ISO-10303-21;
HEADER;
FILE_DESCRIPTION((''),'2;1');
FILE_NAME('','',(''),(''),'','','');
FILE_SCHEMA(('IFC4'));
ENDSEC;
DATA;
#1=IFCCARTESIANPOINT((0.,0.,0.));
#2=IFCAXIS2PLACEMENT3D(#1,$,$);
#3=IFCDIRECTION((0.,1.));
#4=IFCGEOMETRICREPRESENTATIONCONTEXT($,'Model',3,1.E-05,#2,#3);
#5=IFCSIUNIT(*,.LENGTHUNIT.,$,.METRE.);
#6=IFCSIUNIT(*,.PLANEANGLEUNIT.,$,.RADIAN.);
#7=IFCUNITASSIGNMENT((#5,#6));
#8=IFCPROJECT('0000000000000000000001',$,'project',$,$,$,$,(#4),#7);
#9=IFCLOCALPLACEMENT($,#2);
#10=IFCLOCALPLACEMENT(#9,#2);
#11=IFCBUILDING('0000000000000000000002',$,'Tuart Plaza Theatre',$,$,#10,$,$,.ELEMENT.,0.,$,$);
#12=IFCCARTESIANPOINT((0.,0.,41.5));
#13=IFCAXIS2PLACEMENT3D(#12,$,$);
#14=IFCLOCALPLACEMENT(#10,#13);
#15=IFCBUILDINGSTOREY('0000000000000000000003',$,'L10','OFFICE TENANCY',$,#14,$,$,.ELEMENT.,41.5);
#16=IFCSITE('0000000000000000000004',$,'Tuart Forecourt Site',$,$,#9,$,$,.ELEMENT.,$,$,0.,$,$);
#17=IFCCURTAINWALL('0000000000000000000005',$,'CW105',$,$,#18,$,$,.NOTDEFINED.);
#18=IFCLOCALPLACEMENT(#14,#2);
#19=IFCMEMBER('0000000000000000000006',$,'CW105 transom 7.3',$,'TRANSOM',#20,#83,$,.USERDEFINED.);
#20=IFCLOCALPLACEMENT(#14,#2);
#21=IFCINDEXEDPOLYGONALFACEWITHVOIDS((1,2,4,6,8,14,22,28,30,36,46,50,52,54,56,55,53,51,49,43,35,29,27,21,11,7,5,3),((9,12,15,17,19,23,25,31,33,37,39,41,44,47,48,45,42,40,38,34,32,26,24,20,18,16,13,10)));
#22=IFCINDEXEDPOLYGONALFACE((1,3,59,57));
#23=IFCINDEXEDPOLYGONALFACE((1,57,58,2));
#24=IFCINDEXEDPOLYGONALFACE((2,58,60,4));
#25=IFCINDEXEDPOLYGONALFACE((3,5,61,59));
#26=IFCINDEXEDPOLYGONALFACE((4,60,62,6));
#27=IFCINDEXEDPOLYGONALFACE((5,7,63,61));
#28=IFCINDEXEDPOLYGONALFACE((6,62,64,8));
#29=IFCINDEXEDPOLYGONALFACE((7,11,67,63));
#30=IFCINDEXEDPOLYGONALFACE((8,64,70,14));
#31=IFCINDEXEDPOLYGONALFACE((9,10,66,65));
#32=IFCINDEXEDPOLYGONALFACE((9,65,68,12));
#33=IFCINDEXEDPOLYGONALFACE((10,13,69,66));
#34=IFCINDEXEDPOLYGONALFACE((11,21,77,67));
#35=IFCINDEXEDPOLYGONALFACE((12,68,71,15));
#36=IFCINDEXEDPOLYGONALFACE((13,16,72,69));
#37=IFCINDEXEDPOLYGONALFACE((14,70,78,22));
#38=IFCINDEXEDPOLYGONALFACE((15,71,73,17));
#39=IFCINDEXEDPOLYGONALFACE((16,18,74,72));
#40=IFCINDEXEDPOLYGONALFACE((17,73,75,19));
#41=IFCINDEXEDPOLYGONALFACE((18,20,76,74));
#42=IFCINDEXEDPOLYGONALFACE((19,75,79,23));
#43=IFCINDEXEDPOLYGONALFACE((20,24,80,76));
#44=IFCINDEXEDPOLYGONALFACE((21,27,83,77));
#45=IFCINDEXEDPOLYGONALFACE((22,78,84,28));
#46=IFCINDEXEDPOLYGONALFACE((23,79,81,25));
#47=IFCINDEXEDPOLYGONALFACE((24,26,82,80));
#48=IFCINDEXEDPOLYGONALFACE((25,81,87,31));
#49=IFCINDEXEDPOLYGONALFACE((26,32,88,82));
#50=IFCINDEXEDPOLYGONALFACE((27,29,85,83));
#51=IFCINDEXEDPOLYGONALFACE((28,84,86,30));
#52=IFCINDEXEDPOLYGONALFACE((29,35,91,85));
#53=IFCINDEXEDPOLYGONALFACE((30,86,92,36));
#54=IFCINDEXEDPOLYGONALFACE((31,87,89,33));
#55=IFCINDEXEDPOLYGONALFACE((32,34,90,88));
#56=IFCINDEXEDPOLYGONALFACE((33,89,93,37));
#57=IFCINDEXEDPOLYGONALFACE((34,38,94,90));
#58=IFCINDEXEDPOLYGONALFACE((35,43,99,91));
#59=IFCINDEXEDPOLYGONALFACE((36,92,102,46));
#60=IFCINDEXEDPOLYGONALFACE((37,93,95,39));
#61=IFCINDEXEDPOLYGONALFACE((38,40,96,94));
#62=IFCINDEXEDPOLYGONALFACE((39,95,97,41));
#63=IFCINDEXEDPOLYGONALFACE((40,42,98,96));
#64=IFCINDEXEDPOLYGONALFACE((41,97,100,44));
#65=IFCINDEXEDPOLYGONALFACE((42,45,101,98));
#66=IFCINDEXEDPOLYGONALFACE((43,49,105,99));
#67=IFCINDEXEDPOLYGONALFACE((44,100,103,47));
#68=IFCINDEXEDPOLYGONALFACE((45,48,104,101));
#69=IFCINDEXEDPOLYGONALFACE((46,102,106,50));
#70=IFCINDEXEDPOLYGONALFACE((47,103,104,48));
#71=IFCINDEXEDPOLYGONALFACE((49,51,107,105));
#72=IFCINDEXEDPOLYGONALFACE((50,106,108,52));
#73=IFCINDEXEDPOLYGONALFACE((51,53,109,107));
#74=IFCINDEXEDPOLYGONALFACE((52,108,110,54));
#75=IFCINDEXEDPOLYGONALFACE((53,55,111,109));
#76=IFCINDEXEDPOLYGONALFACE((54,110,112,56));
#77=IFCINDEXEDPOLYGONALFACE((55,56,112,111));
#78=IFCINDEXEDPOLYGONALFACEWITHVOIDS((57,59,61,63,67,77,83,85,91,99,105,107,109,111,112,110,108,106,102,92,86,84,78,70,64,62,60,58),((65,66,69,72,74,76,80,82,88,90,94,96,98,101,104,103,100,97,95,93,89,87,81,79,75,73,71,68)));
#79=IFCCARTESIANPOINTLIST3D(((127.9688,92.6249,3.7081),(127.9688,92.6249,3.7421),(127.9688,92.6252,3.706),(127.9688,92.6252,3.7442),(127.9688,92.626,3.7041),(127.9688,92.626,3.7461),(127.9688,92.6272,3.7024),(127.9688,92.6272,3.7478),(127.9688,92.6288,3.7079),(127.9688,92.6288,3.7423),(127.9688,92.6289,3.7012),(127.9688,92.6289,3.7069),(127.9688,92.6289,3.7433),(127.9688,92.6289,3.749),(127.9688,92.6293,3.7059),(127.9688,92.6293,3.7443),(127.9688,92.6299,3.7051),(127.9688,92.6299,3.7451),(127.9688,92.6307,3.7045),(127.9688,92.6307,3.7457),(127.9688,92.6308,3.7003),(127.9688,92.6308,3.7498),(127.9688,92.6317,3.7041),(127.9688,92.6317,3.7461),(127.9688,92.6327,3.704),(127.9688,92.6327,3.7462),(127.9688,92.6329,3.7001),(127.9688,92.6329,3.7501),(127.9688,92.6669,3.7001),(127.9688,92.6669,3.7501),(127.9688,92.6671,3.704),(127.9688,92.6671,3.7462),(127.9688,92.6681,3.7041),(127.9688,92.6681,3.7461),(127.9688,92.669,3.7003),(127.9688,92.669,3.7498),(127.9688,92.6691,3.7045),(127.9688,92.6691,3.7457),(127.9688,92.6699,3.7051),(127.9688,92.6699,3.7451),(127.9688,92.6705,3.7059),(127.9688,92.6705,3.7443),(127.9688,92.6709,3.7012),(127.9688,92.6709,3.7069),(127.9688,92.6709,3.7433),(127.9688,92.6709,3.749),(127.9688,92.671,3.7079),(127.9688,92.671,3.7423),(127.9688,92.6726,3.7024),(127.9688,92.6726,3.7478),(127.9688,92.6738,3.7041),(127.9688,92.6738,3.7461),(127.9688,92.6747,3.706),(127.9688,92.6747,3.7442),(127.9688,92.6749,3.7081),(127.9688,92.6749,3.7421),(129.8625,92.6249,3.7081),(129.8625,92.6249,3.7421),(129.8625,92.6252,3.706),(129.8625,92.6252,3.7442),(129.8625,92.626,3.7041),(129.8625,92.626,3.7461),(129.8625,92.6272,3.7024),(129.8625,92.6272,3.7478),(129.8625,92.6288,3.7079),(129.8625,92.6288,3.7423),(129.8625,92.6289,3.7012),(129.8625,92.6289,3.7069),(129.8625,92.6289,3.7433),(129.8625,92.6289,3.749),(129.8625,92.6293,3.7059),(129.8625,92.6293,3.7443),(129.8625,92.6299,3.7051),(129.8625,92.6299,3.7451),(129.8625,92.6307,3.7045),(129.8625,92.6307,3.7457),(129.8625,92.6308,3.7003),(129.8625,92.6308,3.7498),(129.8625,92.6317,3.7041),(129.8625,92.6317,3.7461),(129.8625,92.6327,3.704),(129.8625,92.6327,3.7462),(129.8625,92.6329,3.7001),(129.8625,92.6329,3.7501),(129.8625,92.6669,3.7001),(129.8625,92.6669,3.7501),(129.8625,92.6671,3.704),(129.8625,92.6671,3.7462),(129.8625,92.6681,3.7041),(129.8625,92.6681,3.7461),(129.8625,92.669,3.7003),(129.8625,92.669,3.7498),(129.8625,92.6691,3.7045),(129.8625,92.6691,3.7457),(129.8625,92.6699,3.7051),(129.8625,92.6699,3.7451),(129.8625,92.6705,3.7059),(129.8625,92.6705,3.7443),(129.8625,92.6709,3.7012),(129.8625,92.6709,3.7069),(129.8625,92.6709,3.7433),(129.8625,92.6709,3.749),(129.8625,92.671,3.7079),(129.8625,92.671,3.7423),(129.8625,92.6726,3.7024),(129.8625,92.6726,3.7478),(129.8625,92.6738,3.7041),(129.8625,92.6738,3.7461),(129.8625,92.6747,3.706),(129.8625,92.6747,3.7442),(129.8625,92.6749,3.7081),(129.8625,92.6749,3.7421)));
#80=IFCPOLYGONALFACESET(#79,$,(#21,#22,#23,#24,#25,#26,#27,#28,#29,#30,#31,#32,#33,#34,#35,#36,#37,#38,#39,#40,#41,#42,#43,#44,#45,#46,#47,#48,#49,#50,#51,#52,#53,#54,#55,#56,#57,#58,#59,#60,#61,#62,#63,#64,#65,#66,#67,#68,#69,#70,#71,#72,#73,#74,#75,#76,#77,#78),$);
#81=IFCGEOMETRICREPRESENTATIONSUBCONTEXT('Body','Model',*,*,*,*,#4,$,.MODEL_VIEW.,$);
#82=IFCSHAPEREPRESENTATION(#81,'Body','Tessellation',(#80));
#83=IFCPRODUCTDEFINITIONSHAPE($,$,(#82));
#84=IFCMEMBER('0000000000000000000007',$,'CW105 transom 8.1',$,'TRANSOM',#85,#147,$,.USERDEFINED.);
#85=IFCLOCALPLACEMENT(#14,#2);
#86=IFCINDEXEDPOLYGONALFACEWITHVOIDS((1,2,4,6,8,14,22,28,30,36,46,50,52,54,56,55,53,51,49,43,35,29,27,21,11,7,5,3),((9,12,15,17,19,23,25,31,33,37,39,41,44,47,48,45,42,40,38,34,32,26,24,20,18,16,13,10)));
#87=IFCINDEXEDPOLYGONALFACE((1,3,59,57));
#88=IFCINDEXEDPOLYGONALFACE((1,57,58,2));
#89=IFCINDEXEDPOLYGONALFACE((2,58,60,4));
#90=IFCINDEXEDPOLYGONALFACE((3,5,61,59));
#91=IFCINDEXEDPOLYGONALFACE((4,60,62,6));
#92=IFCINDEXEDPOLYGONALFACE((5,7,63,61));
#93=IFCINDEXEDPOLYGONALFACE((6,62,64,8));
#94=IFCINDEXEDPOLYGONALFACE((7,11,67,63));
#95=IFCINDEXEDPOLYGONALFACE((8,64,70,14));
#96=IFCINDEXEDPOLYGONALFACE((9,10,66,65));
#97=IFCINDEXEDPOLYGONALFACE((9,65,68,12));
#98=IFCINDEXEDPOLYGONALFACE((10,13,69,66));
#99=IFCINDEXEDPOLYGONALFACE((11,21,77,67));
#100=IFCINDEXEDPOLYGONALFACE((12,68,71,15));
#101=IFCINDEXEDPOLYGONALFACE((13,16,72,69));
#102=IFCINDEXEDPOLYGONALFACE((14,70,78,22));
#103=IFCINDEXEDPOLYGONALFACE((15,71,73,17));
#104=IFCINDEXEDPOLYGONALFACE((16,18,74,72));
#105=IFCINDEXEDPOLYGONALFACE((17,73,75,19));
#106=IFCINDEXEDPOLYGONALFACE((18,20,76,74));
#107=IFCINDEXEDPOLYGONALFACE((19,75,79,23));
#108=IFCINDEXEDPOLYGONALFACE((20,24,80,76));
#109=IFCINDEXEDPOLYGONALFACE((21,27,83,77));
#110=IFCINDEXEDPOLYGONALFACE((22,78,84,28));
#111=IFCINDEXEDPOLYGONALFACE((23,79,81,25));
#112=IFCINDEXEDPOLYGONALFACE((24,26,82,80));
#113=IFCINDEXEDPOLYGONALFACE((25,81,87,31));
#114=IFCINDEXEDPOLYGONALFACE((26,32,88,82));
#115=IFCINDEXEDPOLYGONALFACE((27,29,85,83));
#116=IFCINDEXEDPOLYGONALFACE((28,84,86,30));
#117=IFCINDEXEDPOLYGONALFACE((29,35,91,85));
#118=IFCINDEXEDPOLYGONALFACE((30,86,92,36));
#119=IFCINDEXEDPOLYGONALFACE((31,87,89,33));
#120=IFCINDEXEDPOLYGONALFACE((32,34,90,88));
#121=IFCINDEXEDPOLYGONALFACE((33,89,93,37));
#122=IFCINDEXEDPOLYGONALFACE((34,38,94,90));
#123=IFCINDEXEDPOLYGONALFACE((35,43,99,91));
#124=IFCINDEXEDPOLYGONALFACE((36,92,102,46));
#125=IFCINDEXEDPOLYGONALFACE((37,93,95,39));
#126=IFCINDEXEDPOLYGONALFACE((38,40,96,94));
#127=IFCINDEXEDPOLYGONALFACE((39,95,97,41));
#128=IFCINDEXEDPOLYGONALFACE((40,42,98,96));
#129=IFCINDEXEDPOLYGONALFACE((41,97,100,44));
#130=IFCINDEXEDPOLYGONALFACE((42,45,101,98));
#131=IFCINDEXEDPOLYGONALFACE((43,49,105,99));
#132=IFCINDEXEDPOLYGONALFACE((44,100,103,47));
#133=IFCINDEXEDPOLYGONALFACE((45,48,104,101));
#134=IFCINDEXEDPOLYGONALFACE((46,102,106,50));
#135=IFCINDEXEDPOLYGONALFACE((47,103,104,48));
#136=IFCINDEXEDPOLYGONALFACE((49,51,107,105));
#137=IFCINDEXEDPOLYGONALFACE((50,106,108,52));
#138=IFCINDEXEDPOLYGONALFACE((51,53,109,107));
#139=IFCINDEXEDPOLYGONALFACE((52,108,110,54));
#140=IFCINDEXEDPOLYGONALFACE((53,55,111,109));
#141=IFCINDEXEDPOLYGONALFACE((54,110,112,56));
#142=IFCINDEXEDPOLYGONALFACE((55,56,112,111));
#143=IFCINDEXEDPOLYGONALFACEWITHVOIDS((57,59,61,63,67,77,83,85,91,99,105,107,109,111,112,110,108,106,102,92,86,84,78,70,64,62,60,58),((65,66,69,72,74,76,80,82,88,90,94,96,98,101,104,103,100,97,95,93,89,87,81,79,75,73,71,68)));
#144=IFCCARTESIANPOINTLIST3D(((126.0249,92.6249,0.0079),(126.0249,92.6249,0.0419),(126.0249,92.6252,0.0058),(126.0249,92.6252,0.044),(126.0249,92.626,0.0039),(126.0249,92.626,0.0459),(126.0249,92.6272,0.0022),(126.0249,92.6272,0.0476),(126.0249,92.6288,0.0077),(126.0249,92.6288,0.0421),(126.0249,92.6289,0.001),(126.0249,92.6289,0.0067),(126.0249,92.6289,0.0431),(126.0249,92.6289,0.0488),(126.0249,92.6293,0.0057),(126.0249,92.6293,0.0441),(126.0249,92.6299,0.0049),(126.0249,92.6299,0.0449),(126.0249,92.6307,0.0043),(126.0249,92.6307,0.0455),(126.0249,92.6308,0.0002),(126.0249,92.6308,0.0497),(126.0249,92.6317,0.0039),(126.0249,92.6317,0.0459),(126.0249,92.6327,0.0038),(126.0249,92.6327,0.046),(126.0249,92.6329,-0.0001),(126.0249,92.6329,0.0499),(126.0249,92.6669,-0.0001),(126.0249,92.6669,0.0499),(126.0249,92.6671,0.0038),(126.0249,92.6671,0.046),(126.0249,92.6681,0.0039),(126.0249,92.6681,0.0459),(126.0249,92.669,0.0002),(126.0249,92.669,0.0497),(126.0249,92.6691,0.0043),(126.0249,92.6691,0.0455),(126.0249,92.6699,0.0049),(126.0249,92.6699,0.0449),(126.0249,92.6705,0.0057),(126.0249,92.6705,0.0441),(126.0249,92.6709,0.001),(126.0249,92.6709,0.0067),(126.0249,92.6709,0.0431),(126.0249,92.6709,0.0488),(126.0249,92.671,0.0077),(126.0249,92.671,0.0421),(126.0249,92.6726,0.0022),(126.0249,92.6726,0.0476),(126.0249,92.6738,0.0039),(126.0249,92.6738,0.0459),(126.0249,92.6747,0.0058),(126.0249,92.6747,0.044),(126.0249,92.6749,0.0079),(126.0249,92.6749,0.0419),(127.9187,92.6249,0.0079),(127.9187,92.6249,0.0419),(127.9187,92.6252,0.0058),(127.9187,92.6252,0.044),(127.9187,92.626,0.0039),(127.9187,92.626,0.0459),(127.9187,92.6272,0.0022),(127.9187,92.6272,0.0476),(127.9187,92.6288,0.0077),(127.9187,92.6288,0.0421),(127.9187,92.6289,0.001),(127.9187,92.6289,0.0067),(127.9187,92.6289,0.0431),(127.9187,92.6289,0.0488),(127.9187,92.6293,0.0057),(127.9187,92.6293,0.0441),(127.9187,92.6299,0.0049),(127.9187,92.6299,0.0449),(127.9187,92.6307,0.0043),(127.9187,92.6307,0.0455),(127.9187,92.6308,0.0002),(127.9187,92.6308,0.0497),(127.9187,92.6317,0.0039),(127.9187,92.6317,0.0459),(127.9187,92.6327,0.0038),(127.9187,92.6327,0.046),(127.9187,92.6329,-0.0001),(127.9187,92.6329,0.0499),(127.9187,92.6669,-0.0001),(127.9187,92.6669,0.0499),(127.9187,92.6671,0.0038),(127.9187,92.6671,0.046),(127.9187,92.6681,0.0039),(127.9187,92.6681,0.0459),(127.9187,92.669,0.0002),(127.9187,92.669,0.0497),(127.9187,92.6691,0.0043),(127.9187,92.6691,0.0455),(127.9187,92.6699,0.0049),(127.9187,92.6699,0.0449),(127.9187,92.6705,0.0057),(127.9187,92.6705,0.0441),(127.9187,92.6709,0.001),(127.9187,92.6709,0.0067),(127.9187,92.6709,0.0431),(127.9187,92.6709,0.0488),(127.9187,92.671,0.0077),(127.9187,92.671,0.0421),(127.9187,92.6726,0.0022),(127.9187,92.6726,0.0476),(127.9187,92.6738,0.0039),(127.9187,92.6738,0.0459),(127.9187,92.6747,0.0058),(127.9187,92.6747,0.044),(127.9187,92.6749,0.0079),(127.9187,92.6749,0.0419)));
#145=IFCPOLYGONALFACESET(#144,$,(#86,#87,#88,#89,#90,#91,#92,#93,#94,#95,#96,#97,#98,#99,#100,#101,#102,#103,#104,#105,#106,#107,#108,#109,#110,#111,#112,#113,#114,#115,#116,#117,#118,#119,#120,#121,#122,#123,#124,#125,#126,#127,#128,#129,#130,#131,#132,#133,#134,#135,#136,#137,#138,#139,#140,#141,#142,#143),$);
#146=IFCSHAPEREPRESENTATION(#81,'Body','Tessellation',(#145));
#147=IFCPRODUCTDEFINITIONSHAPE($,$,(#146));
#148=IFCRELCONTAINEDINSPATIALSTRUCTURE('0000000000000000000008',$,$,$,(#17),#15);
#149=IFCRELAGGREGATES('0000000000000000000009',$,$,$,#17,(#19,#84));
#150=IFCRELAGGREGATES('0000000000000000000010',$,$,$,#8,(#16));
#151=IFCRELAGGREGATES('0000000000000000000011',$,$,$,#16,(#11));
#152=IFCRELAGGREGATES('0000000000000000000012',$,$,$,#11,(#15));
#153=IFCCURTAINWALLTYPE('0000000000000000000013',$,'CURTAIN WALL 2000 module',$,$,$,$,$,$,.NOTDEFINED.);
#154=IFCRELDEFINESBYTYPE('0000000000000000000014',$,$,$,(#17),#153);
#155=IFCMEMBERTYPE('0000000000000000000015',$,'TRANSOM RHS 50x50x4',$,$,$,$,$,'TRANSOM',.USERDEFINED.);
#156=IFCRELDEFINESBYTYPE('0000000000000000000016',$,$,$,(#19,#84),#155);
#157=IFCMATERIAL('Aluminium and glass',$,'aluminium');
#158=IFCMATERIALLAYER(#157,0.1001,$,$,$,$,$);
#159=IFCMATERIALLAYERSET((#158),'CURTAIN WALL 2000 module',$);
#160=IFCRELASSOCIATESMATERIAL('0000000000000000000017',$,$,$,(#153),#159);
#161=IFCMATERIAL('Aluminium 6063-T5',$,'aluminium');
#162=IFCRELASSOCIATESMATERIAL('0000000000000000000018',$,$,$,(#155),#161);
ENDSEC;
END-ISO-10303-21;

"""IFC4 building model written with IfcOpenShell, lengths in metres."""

from ifc_helpers import new_model, si_unit, direction, frame, origin, origin_2d, place, context, subcontext, project, spatial, hollow_rectangle, extrude, material, layer, layer_set, material_profile, profile_set, type_object, element, aggregate, save


model = new_model("IFC4")

# Units and contexts
model_context = context("Model", 3, precision=1e-05, world=origin(), true_north=direction((0.0, 1.0)))
body_context = subcontext(model_context, "Body", "Model", "MODEL_VIEW")
ifc_project = project(units=[si_unit("LENGTHUNIT", "METRE"), si_unit("PLANEANGLEUNIT", "RADIAN")], contexts=[model_context])

# Site, building, storey
site_placement = place(None, origin())
site = spatial("IfcSite", under=ifc_project, at=site_placement, Name="Tuart Forecourt Site", CompositionType="ELEMENT", RefElevation=0.0)
building_placement = place(site_placement, origin())
building = spatial("IfcBuilding", under=site, at=building_placement, Name="Tuart Plaza Theatre", CompositionType="ELEMENT", ElevationOfRefHeight=0.0)
storey_placement = place(building_placement, frame((0.0, 0.0, 41.5)))
storey = spatial("IfcBuildingStorey", under=building, at=storey_placement, Name="L10", Description="OFFICE TENANCY", CompositionType="ELEMENT", Elevation=41.5)

# Curtain wall, members
ifc_material_1 = material(Name="Aluminium and glass", Category="aluminium")
ifc_layer_1 = layer(ifc_material_1, 0.1001)
ifc_layer_set_1 = layer_set([ifc_layer_1], Name="CURTAIN WALL 2000 module")
curtain_wall_type = type_object("IfcCurtainWallType", Name="CURTAIN WALL 2000 module", PredefinedType="NOTDEFINED", material=ifc_layer_set_1)
curtain_wall_placement = place(storey_placement, origin())
curtain_wall = element("IfcCurtainWall", 1, at=curtain_wall_placement, inside=storey, type_object=curtain_wall_type, Name="CW105", PredefinedType="NOTDEFINED")
ifc_material_2 = material(Name="Aluminium 6063-T5", Category="aluminium")
ifc_material_profile_1 = material_profile(ifc_material_2, hollow_rectangle(XDim=0.05, YDim=0.05, WallThickness=0.0039, InnerFilletRadius=0.0039, OuterFilletRadius=0.0081, at=origin_2d()), Name="RHS 50x50x4")
ifc_profile_set_1 = profile_set([ifc_material_profile_1], Name="Aluminium 6063-T5")
member_type_1 = type_object("IfcMemberType", Name="TRANSOM RHS 50x50x4", ElementType="TRANSOM", PredefinedType="USERDEFINED", material=ifc_profile_set_1)
member_1_placement = place(storey_placement, frame((129.8625, 92.6499, 3.7251), z_axis=(-1.0, 0.0, 0.0), x_axis=(0.0, -1.0, 0.0)))
member_1 = element("IfcMember", 2, at=member_1_placement, type_object=member_type_1, Name="CW105 transom 7.3", ObjectType="TRANSOM", PredefinedType="USERDEFINED", context=body_context, shape_type="SweptSolid", body=[
    extrude(hollow_rectangle(XDim=0.05, YDim=0.05, WallThickness=0.0039, InnerFilletRadius=0.0039, OuterFilletRadius=0.0081, at=origin_2d()), origin(), (0.0, 0.0, 1.0), 1.8938),
])
member_2_placement = place(storey_placement, frame((127.9187, 92.6499, 0.0249), z_axis=(-1.0, 0.0, 0.0), x_axis=(0.0, -1.0, 0.0)))
member_2 = element("IfcMember", 3, at=member_2_placement, type_object=member_type_1, Name="CW105 transom 8.1", ObjectType="TRANSOM", PredefinedType="USERDEFINED", context=body_context, shape_type="SweptSolid", body=[
    extrude(hollow_rectangle(XDim=0.05, YDim=0.05, WallThickness=0.0039, InnerFilletRadius=0.0039, OuterFilletRadius=0.0081, at=origin_2d()), origin(), (0.0, 0.0, 1.0), 1.8938),
])
aggregate(curtain_wall, [member_1, member_2])

save(model, "model.ifc")
